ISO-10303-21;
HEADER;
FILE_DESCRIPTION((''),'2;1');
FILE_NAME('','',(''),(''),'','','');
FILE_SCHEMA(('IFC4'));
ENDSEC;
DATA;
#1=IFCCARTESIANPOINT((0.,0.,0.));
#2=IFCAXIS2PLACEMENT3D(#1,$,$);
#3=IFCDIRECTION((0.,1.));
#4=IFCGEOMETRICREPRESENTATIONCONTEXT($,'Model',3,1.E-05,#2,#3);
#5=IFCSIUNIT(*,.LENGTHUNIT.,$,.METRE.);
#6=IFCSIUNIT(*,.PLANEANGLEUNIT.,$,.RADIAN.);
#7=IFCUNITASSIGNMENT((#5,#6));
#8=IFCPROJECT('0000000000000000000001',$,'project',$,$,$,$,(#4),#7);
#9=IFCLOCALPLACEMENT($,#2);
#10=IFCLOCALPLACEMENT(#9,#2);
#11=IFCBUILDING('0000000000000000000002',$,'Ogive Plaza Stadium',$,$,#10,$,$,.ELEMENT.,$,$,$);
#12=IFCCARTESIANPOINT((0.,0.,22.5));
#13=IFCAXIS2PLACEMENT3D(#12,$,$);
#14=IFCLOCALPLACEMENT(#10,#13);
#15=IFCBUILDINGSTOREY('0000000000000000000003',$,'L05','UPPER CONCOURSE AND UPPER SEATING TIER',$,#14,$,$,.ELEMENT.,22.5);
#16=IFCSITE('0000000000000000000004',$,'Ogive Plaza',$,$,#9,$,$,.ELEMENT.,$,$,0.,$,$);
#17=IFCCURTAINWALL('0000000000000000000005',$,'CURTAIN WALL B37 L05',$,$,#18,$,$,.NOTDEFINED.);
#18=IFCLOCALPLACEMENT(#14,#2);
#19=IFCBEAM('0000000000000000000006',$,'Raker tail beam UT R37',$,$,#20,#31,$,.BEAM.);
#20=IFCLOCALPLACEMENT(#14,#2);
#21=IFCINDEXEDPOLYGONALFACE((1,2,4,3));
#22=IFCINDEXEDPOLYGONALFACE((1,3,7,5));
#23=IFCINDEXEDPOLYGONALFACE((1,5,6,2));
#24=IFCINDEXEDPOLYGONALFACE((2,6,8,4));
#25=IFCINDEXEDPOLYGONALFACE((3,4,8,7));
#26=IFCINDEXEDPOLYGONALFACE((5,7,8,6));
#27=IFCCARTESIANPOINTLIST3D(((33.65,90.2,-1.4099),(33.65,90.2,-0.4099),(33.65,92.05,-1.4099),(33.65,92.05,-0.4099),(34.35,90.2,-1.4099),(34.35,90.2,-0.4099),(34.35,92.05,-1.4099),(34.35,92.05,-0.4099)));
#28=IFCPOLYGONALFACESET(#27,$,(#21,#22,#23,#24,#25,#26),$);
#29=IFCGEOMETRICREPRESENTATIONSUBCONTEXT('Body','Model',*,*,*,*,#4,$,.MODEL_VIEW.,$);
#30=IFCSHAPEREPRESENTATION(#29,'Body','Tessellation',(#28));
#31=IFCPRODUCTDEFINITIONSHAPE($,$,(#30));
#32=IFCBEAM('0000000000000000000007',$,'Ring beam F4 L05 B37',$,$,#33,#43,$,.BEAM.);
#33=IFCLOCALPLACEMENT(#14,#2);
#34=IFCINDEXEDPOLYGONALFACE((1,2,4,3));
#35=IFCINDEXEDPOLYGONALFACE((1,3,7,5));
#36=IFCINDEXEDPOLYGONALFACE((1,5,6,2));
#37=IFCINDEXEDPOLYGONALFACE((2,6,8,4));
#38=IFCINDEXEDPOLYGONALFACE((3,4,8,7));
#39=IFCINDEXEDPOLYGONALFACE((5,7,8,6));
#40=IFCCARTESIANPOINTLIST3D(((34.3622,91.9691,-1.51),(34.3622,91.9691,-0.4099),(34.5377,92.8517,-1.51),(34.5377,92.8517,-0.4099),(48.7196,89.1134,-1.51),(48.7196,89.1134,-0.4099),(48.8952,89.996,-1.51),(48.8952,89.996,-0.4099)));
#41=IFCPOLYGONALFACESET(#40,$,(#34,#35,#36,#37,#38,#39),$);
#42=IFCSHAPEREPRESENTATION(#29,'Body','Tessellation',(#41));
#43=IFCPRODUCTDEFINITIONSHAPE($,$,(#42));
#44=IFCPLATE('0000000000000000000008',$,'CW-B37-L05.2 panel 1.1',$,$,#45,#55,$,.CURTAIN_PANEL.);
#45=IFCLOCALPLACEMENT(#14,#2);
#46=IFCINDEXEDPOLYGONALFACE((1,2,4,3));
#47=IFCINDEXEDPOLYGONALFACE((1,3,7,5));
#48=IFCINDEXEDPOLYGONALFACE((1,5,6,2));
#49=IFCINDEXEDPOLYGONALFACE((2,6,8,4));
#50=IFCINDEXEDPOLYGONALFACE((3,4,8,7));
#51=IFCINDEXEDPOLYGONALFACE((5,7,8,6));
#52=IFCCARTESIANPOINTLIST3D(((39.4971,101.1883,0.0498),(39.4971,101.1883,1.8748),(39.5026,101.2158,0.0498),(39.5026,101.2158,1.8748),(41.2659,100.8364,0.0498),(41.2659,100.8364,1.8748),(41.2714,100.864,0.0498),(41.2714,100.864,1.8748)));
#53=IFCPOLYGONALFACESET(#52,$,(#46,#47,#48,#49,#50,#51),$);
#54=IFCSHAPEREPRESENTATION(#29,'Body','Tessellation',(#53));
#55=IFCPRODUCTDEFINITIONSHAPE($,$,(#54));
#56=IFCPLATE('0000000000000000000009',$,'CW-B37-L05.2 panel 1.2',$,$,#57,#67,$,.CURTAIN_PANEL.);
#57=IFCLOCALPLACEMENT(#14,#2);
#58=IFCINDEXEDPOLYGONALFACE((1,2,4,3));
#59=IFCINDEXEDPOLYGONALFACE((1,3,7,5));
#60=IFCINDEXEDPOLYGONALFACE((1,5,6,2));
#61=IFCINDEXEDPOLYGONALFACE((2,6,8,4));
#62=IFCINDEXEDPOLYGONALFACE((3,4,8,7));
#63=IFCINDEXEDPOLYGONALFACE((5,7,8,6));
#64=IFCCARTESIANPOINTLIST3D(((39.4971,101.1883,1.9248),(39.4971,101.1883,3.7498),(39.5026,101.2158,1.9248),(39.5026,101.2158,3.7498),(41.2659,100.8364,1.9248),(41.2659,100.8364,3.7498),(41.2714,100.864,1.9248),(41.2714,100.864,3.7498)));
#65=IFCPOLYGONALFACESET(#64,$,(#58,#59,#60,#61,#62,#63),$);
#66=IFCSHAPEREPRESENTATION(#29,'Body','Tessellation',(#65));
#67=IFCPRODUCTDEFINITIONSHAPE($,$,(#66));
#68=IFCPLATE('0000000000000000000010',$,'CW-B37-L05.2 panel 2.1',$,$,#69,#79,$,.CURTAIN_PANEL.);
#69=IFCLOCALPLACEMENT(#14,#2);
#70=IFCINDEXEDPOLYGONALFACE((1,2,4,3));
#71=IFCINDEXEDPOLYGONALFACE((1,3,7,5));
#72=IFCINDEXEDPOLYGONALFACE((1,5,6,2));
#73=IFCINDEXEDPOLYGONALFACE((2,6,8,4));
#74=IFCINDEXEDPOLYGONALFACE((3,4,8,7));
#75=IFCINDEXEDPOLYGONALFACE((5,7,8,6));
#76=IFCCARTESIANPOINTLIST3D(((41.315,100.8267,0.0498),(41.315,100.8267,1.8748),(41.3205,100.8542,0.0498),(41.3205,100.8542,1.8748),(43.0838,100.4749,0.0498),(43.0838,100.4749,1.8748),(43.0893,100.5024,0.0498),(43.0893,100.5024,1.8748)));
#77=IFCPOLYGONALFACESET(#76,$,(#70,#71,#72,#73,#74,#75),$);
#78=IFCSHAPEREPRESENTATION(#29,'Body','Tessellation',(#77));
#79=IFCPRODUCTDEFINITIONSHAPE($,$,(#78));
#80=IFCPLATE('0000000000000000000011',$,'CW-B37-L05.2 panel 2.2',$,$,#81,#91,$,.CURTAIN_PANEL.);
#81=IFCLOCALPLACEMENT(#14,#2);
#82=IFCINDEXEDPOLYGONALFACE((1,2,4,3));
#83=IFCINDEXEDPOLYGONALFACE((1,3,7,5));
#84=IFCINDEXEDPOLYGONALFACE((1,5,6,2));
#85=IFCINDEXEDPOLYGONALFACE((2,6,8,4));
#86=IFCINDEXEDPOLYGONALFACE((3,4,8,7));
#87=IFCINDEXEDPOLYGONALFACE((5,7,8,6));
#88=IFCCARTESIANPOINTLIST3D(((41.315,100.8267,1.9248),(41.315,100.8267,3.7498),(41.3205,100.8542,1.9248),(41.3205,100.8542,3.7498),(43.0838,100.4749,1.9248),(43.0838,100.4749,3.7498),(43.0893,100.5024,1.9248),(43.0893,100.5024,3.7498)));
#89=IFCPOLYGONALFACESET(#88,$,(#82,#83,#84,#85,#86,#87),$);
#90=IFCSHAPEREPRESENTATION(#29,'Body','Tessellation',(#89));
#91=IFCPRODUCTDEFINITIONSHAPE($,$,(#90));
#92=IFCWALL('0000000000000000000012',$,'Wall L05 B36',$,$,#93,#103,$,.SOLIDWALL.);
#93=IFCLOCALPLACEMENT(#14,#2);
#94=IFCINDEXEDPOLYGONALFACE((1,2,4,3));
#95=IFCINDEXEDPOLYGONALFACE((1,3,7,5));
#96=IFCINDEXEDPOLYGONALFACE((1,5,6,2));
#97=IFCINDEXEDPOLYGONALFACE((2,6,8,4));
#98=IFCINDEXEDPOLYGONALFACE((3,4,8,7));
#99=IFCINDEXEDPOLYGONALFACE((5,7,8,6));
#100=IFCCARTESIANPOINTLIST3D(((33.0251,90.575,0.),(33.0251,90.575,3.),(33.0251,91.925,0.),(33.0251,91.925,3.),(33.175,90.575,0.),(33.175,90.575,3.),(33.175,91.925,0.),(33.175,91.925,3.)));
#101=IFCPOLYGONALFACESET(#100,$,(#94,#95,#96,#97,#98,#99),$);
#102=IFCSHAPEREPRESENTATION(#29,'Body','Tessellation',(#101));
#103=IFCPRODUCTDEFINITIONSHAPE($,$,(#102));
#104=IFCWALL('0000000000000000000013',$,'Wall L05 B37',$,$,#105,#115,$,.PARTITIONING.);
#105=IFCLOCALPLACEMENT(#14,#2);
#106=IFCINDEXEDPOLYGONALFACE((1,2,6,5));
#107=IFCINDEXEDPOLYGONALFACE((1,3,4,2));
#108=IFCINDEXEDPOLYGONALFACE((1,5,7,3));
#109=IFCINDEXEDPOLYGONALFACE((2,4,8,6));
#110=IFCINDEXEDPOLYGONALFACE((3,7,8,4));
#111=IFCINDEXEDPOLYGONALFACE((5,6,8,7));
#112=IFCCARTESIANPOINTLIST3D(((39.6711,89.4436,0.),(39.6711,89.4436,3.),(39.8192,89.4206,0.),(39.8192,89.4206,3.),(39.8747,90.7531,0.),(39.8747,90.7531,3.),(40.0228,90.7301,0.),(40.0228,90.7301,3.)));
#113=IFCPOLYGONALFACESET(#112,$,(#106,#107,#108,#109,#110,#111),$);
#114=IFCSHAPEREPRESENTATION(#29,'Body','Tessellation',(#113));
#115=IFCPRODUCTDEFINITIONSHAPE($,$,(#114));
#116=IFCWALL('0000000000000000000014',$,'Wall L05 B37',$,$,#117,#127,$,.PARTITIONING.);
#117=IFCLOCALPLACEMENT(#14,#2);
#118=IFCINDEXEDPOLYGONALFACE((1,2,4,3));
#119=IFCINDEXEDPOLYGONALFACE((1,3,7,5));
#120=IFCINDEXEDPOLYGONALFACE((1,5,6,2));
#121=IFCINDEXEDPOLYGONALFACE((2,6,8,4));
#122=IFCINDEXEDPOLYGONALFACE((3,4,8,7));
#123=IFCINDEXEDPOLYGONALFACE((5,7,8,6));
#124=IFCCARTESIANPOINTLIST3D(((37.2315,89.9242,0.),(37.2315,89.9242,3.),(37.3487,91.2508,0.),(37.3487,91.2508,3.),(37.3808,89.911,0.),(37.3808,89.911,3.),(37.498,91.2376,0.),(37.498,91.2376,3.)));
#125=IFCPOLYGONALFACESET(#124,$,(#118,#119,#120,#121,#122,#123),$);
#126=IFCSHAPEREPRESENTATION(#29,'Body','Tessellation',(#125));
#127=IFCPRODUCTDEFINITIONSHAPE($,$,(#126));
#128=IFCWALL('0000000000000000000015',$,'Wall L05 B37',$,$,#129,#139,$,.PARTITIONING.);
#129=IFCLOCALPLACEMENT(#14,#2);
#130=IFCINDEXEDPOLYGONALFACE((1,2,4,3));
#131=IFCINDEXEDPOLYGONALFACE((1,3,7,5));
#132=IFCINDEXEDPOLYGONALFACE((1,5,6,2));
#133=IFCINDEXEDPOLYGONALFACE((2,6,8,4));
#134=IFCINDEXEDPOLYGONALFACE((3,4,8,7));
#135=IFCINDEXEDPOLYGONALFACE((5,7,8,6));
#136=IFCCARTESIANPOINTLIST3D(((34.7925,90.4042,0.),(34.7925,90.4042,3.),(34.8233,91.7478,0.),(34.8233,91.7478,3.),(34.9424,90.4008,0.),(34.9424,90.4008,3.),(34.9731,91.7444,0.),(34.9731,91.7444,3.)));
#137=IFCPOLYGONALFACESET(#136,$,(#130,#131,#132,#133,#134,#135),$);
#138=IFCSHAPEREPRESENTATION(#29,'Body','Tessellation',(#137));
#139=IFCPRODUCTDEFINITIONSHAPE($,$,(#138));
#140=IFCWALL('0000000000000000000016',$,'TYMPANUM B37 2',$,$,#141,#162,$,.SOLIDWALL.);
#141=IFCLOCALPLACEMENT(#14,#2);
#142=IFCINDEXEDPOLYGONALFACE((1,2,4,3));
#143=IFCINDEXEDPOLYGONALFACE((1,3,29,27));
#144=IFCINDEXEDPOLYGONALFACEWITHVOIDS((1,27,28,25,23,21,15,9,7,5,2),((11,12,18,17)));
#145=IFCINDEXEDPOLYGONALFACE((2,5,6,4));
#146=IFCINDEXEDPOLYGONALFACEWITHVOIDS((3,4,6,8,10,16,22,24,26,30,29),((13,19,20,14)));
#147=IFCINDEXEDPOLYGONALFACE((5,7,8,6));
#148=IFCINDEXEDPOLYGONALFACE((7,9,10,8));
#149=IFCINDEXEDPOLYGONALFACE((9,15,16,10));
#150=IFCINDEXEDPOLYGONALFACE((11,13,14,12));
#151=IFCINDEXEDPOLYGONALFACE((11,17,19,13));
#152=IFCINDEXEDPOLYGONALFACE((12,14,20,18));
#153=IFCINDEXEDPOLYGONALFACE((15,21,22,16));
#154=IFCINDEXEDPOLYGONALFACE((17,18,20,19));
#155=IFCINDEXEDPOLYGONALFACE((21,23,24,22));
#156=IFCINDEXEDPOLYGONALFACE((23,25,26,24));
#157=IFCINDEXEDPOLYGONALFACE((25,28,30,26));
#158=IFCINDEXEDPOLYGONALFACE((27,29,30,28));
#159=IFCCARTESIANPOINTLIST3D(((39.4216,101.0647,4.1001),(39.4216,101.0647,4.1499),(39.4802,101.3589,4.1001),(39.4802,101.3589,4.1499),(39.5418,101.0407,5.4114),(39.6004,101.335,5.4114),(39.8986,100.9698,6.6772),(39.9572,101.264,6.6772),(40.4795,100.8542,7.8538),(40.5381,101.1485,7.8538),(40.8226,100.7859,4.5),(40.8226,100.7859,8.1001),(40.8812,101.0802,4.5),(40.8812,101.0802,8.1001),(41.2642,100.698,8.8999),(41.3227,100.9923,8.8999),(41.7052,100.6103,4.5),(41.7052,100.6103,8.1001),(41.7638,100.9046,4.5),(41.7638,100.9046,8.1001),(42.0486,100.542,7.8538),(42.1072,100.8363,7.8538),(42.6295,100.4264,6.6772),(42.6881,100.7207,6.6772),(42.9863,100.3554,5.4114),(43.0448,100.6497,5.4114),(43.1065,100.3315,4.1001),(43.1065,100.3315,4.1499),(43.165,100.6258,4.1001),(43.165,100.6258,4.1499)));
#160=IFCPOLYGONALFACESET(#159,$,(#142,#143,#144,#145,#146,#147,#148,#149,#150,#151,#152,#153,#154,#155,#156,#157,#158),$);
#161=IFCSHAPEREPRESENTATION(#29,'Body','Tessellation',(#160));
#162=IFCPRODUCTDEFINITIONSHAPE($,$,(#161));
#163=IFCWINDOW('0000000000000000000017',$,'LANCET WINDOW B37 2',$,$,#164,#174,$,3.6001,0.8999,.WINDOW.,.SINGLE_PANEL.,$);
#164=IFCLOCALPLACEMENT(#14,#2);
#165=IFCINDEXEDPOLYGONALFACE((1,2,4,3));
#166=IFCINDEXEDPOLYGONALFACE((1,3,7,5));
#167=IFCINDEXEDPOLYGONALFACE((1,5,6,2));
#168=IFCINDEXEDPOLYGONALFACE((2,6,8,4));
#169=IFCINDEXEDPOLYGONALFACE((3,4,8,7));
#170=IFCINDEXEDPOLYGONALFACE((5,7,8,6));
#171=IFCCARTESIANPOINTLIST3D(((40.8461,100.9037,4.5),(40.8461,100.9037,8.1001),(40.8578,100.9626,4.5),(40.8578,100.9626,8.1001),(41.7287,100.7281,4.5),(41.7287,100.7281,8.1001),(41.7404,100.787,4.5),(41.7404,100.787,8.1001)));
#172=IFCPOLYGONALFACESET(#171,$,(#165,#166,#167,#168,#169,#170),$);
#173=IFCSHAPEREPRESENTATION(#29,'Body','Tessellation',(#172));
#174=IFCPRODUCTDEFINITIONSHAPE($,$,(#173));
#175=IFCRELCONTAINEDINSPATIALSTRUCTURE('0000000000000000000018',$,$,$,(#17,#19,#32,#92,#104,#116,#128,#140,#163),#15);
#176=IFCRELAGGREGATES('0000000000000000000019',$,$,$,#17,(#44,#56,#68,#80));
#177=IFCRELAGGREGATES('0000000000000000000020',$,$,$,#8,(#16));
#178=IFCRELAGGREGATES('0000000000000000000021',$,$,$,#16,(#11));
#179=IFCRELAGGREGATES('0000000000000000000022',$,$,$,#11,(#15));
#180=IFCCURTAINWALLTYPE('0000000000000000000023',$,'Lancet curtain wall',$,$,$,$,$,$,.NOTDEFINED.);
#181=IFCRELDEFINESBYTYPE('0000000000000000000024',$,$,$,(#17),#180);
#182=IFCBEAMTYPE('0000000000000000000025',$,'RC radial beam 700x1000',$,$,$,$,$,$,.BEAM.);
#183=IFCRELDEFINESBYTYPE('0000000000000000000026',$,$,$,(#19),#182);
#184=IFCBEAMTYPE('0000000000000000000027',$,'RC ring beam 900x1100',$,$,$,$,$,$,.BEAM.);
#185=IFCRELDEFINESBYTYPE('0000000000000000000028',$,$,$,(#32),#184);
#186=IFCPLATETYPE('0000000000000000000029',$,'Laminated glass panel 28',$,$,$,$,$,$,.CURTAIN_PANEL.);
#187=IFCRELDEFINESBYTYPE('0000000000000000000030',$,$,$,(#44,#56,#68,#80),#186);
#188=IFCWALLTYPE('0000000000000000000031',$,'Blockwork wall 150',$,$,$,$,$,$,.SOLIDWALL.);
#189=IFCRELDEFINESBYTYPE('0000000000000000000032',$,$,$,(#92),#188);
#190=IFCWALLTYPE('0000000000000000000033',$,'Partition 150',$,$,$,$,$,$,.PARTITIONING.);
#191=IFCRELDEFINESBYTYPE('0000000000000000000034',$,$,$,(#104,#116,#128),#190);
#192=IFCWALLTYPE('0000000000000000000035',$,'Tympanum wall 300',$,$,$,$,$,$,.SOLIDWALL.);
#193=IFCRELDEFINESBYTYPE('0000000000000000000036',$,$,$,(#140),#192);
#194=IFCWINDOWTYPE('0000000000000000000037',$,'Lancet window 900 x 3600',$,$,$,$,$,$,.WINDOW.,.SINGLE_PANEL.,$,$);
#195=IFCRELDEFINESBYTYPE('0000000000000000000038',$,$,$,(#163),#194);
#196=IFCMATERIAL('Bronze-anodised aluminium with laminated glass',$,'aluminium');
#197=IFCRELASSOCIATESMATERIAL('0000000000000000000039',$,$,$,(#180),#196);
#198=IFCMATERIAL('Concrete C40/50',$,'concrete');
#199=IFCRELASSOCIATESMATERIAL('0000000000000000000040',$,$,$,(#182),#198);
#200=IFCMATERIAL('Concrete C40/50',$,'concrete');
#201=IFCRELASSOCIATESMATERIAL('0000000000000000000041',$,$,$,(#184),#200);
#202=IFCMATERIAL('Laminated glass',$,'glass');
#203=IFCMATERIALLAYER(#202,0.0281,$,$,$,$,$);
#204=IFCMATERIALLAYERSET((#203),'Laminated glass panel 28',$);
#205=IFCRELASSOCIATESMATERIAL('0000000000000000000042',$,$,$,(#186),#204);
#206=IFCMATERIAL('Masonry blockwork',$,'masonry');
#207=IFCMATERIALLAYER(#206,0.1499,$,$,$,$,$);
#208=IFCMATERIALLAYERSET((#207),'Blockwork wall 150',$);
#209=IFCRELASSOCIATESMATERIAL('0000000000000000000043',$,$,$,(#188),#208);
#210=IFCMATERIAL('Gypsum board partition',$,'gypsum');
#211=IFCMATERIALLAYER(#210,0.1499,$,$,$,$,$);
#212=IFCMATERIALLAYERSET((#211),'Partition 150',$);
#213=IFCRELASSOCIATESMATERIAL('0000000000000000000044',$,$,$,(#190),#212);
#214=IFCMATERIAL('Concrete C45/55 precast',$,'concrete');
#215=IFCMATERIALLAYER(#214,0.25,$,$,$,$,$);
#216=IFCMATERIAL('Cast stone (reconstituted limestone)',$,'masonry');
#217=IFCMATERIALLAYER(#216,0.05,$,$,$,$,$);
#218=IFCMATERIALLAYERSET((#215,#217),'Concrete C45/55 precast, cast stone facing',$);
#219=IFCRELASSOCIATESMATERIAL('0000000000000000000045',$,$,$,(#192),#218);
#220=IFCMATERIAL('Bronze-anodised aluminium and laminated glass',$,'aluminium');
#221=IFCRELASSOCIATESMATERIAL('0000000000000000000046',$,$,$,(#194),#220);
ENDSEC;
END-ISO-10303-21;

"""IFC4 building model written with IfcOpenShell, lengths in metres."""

from ifc_helpers import new_model, si_unit, direction, frame, frame_2d, origin, origin_2d, place, context, subcontext, project, spatial, polyline, rectangle, outline, extrude, material, layer, layer_set, material_profile, profile_set, type_object, element, fill, aggregate, save


model = new_model("IFC4")

# Units and contexts
model_context = context("Model", 3, precision=1e-05, world=origin(), true_north=direction((0.0, 1.0)))
body_context = subcontext(model_context, "Body", "Model", "MODEL_VIEW")
ifc_project = project(units=[si_unit("LENGTHUNIT", "METRE"), si_unit("PLANEANGLEUNIT", "RADIAN")], contexts=[model_context])

# Site, building, storey
site_placement = place(None, origin())
site = spatial("IfcSite", under=ifc_project, at=site_placement, Name="Ogive Plaza", CompositionType="ELEMENT", RefElevation=0.0)
building_placement = place(site_placement, origin())
building = spatial("IfcBuilding", under=site, at=building_placement, Name="Ogive Plaza Stadium", CompositionType="ELEMENT")
storey_placement = place(building_placement, frame((0.0, 0.0, 22.5)))
storey = spatial("IfcBuildingStorey", under=building, at=storey_placement, Name="L05", Description="UPPER CONCOURSE AND UPPER SEATING TIER", CompositionType="ELEMENT", Elevation=22.5)

# Shared definitions
ifc_material_1 = material(Name="Bronze-anodised aluminium with laminated glass", Category="aluminium")
curtain_wall_type = type_object("IfcCurtainWallType", Name="Lancet curtain wall", PredefinedType="NOTDEFINED", material=ifc_material_1)

# Curtain wall
curtain_wall_1_placement = place(storey_placement, origin())
curtain_wall_1 = element("IfcCurtainWall", 1, at=curtain_wall_1_placement, inside=storey, type_object=curtain_wall_type, Name="CURTAIN WALL B37 L05", PredefinedType="NOTDEFINED")

# Beams
ifc_material_2 = material(Name="Concrete C40/50", Category="concrete")
ifc_material_profile_1 = material_profile(ifc_material_2, rectangle(XDim=0.7, YDim=1.0, at=origin_2d()), Name="RC 700x1000")
ifc_profile_set_1 = profile_set([ifc_material_profile_1], Name="Concrete C40/50")
beam_type_1 = type_object("IfcBeamType", Name="RC radial beam 700x1000", PredefinedType="BEAM", material=ifc_profile_set_1)
beam_1_placement = place(storey_placement, frame((34.0, 90.2, -0.9099), z_axis=(0.0, 1.0, 0.0), x_axis=(-1.0, 0.0, 0.0)))
element("IfcBeam", 2, at=beam_1_placement, inside=storey, type_object=beam_type_1, Name="Raker tail beam UT R37", PredefinedType="BEAM", context=body_context, shape_type="SweptSolid", body=[
    extrude(rectangle(XDim=0.7, YDim=1.0, at=origin_2d()), origin(), (0.0, 0.0, 1.0), 1.8501),
])
ifc_material_3 = material(Name="Concrete C40/50", Category="concrete")
ifc_material_profile_2 = material_profile(ifc_material_3, rectangle(XDim=0.8999, YDim=1.1001, at=origin_2d()), Name="RC 900x1100")
ifc_profile_set_2 = profile_set([ifc_material_profile_2], Name="Concrete C40/50")
beam_type_2 = type_object("IfcBeamType", Name="RC ring beam 900x1100", PredefinedType="BEAM", material=ifc_profile_set_2)
beam_2_placement = place(storey_placement, frame((34.45, 92.4104, -0.96), z_axis=(0.980787, -0.19508, 0.0), x_axis=(0.19508, 0.980787, 0.0)))
element("IfcBeam", 3, at=beam_2_placement, inside=storey, type_object=beam_type_2, Name="Ring beam F4 L05 B37", PredefinedType="BEAM", context=body_context, shape_type="SweptSolid", body=[
    extrude(rectangle(XDim=0.8999, YDim=1.1001, at=origin_2d()), origin(), (0.0, 0.0, 1.0), 14.6387),
])

# Plates
ifc_material_4 = material(Name="Laminated glass", Category="glass")
ifc_layer_1 = layer(ifc_material_4, 0.0281)
ifc_layer_set_1 = layer_set([ifc_layer_1], Name="Laminated glass panel 28")
plate_type = type_object("IfcPlateType", Name="Laminated glass panel 28", PredefinedType="CURTAIN_PANEL", material=ifc_layer_set_1)
plate_1_placement = place(storey_placement, frame((40.3843, 101.0261, 0.0498), z_axis=(0.0, 0.0, 1.0), x_axis=(0.980785, -0.19509, 0.0)))
plate_1 = element("IfcPlate", 4, at=plate_1_placement, type_object=plate_type, Name="CW-B37-L05.2 panel 1.1", PredefinedType="CURTAIN_PANEL", context=body_context, shape_type="SweptSolid", body=[
    extrude(rectangle(XDim=1.8035, YDim=0.0281, at=origin_2d()), origin(), (0.0, 0.0, 1.0), 1.825),
])
plate_2_placement = place(storey_placement, frame((40.3843, 101.0261, 1.9248), z_axis=(0.0, 0.0, 1.0), x_axis=(0.980785, -0.19509, 0.0)))
plate_2 = element("IfcPlate", 5, at=plate_2_placement, type_object=plate_type, Name="CW-B37-L05.2 panel 1.2", PredefinedType="CURTAIN_PANEL", context=body_context, shape_type="SweptSolid", body=[
    extrude(rectangle(XDim=1.8035, YDim=0.0281, at=origin_2d()), origin(), (0.0, 0.0, 1.0), 1.825),
])
plate_3_placement = place(storey_placement, frame((42.2021, 100.6646, 0.0498), z_axis=(0.0, 0.0, 1.0), x_axis=(0.980785, -0.19509, 0.0)))
plate_3 = element("IfcPlate", 6, at=plate_3_placement, type_object=plate_type, Name="CW-B37-L05.2 panel 2.1", PredefinedType="CURTAIN_PANEL", context=body_context, shape_type="SweptSolid", body=[
    extrude(rectangle(XDim=1.8035, YDim=0.0281, at=origin_2d()), origin(), (0.0, 0.0, 1.0), 1.825),
])
plate_4_placement = place(storey_placement, frame((42.2021, 100.6646, 1.9248), z_axis=(0.0, 0.0, 1.0), x_axis=(0.980785, -0.19509, 0.0)))
plate_4 = element("IfcPlate", 7, at=plate_4_placement, type_object=plate_type, Name="CW-B37-L05.2 panel 2.2", PredefinedType="CURTAIN_PANEL", context=body_context, shape_type="SweptSolid", body=[
    extrude(rectangle(XDim=1.8035, YDim=0.0281, at=origin_2d()), origin(), (0.0, 0.0, 1.0), 1.825),
])
aggregate(curtain_wall_1, [plate_1, plate_2, plate_3, plate_4])

# Walls
ifc_material_5 = material(Name="Masonry blockwork", Category="masonry")
ifc_layer_2 = layer(ifc_material_5, 0.1499)
ifc_layer_set_2 = layer_set([ifc_layer_2], Name="Blockwork wall 150")
wall_type_1 = type_object("IfcWallType", Name="Blockwork wall 150", PredefinedType="SOLIDWALL", material=ifc_layer_set_2)
wall_1_placement = place(storey_placement, frame((33.1001, 90.575, 0.0), z_axis=(0.0, 0.0, 1.0), x_axis=(0.0, 1.0, 0.0)))
element("IfcWall", 8, at=wall_1_placement, inside=storey, type_object=wall_type_1, Name="Wall L05 B36", PredefinedType="SOLIDWALL", context=body_context, shape_type="SweptSolid", body=[
    extrude(rectangle(XDim=1.3501, YDim=0.1499, at=frame_2d((0.675, 0.0))), origin(), (0.0, 0.0, 1.0), 3.0),
])
ifc_material_6 = material(Name="Gypsum board partition", Category="gypsum")
ifc_layer_3 = layer(ifc_material_6, 0.1499)
ifc_layer_set_3 = layer_set([ifc_layer_3], Name="Partition 150")
wall_type_2 = type_object("IfcWallType", Name="Partition 150", PredefinedType="PARTITIONING", material=ifc_layer_set_3)
wall_2_placement = place(storey_placement, frame((39.7451, 89.4321, 0.0), z_axis=(0.0, 0.0, 1.0), x_axis=(0.153635, 0.988128, 0.0)))
element("IfcWall", 9, at=wall_2_placement, inside=storey, type_object=wall_type_2, Name="Wall L05 B37", PredefinedType="PARTITIONING", context=body_context, shape_type="SweptSolid", body=[
    extrude(rectangle(XDim=1.3252, YDim=0.1499, at=frame_2d((0.6626, 0.0))), origin(), (0.0, 0.0, 1.0), 3.0),
])
wall_3_placement = place(storey_placement, frame((37.3062, 89.9175, 0.0), z_axis=(0.0, 0.0, 1.0), x_axis=(0.08799, 0.996121, 0.0)))
element("IfcWall", 10, at=wall_3_placement, inside=storey, type_object=wall_type_2, Name="Wall L05 B37", PredefinedType="PARTITIONING", context=body_context, shape_type="SweptSolid", body=[
    extrude(rectangle(XDim=1.3318, YDim=0.1499, at=frame_2d((0.666, 0.0))), origin(), (0.0, 0.0, 1.0), 3.0),
])
wall_4_placement = place(storey_placement, frame((34.8674, 90.4026, 0.0), z_axis=(0.0, 0.0, 1.0), x_axis=(0.022886, 0.999738, 0.0)))
element("IfcWall", 11, at=wall_4_placement, inside=storey, type_object=wall_type_2, Name="Wall L05 B37", PredefinedType="PARTITIONING", context=body_context, shape_type="SweptSolid", body=[
    extrude(rectangle(XDim=1.344, YDim=0.1499, at=frame_2d((0.6719, 0.0))), origin(), (0.0, 0.0, 1.0), 3.0),
])

# Wall, opening, window
ifc_material_7 = material(Name="Concrete C45/55 precast", Category="concrete")
ifc_layer_4 = layer(ifc_material_7, 0.25)
ifc_material_8 = material(Name="Cast stone (reconstituted limestone)", Category="masonry")
ifc_layer_5 = layer(ifc_material_8, 0.05)
ifc_layer_set_4 = layer_set([ifc_layer_4, ifc_layer_5], Name="Concrete C45/55 precast, cast stone facing")
wall_type_3 = type_object("IfcWallType", Name="Tympanum wall 300", PredefinedType="SOLIDWALL", material=ifc_layer_set_4)
wall_5_placement = place(storey_placement, frame((39.4509, 101.2119, 4.1001), z_axis=(0.0, 0.0, 1.0), x_axis=(0.980775, -0.195141, 0.0)))
wall_5 = element("IfcWall", 12, at=wall_5_placement, inside=storey, type_object=wall_type_3, Name="TYMPANUM B37 2", PredefinedType="SOLIDWALL", context=body_context, shape_type="SweptSolid", body=[
    extrude(outline(polyline([(0.0, 0.0), (3.7571, 0.0), (3.7571, 0.0498), (3.6345, 1.3113), (3.2708, 2.5771), (2.6785, 3.7537), (1.8787, 4.7998), (1.0786, 3.7537), (0.4863, 2.5771), (0.1226, 1.3113), (0.0, 0.0498), (0.0, 0.0)])), frame((0.0, 0.1499, 0.0), z_axis=(0.0, -1.0, 0.0), x_axis=(1.0, 0.0, 0.0)), (0.0, 0.0, 1.0), 0.3),
])
opening_placement = place(wall_5_placement, frame((1.4285, 0.0, 0.3999)))
opening = element("IfcOpeningElement", 13, at=opening_placement, cuts=wall_5, PredefinedType="OPENING", context=body_context, shape_type="SweptSolid", body=[
    extrude(rectangle(XDim=0.8999, YDim=3.6001, at=frame_2d((0.45, 1.8))), frame((0.0, 0.1602, 0.0), z_axis=(0.0, -1.0, 0.0), x_axis=(1.0, 0.0, 0.0)), (0.0, 0.0, 1.0), 0.3201),
])
ifc_material_9 = material(Name="Bronze-anodised aluminium and laminated glass", Category="aluminium")
window_type = type_object("IfcWindowType", Name="Lancet window 900 x 3600", PartitioningType="SINGLE_PANEL", PredefinedType="WINDOW", material=ifc_material_9)
window_placement = place(opening_placement, origin())
window = element("IfcWindow", 14, at=window_placement, inside=storey, type_object=window_type, Name="LANCET WINDOW B37 2", OverallHeight=3.6001, OverallWidth=0.8999, PartitioningType="SINGLE_PANEL", PredefinedType="WINDOW", context=body_context, shape_type="SweptSolid", body=[
    extrude(rectangle(XDim=0.8999, YDim=3.6001, at=frame_2d((0.45, 1.8))), frame((0.0, 0.03, 0.0), z_axis=(0.0, -1.0, 0.0), x_axis=(1.0, 0.0, 0.0)), (0.0, 0.0, 1.0), 0.0601),
])
fill(opening, window)

save(model, "model.ifc")
